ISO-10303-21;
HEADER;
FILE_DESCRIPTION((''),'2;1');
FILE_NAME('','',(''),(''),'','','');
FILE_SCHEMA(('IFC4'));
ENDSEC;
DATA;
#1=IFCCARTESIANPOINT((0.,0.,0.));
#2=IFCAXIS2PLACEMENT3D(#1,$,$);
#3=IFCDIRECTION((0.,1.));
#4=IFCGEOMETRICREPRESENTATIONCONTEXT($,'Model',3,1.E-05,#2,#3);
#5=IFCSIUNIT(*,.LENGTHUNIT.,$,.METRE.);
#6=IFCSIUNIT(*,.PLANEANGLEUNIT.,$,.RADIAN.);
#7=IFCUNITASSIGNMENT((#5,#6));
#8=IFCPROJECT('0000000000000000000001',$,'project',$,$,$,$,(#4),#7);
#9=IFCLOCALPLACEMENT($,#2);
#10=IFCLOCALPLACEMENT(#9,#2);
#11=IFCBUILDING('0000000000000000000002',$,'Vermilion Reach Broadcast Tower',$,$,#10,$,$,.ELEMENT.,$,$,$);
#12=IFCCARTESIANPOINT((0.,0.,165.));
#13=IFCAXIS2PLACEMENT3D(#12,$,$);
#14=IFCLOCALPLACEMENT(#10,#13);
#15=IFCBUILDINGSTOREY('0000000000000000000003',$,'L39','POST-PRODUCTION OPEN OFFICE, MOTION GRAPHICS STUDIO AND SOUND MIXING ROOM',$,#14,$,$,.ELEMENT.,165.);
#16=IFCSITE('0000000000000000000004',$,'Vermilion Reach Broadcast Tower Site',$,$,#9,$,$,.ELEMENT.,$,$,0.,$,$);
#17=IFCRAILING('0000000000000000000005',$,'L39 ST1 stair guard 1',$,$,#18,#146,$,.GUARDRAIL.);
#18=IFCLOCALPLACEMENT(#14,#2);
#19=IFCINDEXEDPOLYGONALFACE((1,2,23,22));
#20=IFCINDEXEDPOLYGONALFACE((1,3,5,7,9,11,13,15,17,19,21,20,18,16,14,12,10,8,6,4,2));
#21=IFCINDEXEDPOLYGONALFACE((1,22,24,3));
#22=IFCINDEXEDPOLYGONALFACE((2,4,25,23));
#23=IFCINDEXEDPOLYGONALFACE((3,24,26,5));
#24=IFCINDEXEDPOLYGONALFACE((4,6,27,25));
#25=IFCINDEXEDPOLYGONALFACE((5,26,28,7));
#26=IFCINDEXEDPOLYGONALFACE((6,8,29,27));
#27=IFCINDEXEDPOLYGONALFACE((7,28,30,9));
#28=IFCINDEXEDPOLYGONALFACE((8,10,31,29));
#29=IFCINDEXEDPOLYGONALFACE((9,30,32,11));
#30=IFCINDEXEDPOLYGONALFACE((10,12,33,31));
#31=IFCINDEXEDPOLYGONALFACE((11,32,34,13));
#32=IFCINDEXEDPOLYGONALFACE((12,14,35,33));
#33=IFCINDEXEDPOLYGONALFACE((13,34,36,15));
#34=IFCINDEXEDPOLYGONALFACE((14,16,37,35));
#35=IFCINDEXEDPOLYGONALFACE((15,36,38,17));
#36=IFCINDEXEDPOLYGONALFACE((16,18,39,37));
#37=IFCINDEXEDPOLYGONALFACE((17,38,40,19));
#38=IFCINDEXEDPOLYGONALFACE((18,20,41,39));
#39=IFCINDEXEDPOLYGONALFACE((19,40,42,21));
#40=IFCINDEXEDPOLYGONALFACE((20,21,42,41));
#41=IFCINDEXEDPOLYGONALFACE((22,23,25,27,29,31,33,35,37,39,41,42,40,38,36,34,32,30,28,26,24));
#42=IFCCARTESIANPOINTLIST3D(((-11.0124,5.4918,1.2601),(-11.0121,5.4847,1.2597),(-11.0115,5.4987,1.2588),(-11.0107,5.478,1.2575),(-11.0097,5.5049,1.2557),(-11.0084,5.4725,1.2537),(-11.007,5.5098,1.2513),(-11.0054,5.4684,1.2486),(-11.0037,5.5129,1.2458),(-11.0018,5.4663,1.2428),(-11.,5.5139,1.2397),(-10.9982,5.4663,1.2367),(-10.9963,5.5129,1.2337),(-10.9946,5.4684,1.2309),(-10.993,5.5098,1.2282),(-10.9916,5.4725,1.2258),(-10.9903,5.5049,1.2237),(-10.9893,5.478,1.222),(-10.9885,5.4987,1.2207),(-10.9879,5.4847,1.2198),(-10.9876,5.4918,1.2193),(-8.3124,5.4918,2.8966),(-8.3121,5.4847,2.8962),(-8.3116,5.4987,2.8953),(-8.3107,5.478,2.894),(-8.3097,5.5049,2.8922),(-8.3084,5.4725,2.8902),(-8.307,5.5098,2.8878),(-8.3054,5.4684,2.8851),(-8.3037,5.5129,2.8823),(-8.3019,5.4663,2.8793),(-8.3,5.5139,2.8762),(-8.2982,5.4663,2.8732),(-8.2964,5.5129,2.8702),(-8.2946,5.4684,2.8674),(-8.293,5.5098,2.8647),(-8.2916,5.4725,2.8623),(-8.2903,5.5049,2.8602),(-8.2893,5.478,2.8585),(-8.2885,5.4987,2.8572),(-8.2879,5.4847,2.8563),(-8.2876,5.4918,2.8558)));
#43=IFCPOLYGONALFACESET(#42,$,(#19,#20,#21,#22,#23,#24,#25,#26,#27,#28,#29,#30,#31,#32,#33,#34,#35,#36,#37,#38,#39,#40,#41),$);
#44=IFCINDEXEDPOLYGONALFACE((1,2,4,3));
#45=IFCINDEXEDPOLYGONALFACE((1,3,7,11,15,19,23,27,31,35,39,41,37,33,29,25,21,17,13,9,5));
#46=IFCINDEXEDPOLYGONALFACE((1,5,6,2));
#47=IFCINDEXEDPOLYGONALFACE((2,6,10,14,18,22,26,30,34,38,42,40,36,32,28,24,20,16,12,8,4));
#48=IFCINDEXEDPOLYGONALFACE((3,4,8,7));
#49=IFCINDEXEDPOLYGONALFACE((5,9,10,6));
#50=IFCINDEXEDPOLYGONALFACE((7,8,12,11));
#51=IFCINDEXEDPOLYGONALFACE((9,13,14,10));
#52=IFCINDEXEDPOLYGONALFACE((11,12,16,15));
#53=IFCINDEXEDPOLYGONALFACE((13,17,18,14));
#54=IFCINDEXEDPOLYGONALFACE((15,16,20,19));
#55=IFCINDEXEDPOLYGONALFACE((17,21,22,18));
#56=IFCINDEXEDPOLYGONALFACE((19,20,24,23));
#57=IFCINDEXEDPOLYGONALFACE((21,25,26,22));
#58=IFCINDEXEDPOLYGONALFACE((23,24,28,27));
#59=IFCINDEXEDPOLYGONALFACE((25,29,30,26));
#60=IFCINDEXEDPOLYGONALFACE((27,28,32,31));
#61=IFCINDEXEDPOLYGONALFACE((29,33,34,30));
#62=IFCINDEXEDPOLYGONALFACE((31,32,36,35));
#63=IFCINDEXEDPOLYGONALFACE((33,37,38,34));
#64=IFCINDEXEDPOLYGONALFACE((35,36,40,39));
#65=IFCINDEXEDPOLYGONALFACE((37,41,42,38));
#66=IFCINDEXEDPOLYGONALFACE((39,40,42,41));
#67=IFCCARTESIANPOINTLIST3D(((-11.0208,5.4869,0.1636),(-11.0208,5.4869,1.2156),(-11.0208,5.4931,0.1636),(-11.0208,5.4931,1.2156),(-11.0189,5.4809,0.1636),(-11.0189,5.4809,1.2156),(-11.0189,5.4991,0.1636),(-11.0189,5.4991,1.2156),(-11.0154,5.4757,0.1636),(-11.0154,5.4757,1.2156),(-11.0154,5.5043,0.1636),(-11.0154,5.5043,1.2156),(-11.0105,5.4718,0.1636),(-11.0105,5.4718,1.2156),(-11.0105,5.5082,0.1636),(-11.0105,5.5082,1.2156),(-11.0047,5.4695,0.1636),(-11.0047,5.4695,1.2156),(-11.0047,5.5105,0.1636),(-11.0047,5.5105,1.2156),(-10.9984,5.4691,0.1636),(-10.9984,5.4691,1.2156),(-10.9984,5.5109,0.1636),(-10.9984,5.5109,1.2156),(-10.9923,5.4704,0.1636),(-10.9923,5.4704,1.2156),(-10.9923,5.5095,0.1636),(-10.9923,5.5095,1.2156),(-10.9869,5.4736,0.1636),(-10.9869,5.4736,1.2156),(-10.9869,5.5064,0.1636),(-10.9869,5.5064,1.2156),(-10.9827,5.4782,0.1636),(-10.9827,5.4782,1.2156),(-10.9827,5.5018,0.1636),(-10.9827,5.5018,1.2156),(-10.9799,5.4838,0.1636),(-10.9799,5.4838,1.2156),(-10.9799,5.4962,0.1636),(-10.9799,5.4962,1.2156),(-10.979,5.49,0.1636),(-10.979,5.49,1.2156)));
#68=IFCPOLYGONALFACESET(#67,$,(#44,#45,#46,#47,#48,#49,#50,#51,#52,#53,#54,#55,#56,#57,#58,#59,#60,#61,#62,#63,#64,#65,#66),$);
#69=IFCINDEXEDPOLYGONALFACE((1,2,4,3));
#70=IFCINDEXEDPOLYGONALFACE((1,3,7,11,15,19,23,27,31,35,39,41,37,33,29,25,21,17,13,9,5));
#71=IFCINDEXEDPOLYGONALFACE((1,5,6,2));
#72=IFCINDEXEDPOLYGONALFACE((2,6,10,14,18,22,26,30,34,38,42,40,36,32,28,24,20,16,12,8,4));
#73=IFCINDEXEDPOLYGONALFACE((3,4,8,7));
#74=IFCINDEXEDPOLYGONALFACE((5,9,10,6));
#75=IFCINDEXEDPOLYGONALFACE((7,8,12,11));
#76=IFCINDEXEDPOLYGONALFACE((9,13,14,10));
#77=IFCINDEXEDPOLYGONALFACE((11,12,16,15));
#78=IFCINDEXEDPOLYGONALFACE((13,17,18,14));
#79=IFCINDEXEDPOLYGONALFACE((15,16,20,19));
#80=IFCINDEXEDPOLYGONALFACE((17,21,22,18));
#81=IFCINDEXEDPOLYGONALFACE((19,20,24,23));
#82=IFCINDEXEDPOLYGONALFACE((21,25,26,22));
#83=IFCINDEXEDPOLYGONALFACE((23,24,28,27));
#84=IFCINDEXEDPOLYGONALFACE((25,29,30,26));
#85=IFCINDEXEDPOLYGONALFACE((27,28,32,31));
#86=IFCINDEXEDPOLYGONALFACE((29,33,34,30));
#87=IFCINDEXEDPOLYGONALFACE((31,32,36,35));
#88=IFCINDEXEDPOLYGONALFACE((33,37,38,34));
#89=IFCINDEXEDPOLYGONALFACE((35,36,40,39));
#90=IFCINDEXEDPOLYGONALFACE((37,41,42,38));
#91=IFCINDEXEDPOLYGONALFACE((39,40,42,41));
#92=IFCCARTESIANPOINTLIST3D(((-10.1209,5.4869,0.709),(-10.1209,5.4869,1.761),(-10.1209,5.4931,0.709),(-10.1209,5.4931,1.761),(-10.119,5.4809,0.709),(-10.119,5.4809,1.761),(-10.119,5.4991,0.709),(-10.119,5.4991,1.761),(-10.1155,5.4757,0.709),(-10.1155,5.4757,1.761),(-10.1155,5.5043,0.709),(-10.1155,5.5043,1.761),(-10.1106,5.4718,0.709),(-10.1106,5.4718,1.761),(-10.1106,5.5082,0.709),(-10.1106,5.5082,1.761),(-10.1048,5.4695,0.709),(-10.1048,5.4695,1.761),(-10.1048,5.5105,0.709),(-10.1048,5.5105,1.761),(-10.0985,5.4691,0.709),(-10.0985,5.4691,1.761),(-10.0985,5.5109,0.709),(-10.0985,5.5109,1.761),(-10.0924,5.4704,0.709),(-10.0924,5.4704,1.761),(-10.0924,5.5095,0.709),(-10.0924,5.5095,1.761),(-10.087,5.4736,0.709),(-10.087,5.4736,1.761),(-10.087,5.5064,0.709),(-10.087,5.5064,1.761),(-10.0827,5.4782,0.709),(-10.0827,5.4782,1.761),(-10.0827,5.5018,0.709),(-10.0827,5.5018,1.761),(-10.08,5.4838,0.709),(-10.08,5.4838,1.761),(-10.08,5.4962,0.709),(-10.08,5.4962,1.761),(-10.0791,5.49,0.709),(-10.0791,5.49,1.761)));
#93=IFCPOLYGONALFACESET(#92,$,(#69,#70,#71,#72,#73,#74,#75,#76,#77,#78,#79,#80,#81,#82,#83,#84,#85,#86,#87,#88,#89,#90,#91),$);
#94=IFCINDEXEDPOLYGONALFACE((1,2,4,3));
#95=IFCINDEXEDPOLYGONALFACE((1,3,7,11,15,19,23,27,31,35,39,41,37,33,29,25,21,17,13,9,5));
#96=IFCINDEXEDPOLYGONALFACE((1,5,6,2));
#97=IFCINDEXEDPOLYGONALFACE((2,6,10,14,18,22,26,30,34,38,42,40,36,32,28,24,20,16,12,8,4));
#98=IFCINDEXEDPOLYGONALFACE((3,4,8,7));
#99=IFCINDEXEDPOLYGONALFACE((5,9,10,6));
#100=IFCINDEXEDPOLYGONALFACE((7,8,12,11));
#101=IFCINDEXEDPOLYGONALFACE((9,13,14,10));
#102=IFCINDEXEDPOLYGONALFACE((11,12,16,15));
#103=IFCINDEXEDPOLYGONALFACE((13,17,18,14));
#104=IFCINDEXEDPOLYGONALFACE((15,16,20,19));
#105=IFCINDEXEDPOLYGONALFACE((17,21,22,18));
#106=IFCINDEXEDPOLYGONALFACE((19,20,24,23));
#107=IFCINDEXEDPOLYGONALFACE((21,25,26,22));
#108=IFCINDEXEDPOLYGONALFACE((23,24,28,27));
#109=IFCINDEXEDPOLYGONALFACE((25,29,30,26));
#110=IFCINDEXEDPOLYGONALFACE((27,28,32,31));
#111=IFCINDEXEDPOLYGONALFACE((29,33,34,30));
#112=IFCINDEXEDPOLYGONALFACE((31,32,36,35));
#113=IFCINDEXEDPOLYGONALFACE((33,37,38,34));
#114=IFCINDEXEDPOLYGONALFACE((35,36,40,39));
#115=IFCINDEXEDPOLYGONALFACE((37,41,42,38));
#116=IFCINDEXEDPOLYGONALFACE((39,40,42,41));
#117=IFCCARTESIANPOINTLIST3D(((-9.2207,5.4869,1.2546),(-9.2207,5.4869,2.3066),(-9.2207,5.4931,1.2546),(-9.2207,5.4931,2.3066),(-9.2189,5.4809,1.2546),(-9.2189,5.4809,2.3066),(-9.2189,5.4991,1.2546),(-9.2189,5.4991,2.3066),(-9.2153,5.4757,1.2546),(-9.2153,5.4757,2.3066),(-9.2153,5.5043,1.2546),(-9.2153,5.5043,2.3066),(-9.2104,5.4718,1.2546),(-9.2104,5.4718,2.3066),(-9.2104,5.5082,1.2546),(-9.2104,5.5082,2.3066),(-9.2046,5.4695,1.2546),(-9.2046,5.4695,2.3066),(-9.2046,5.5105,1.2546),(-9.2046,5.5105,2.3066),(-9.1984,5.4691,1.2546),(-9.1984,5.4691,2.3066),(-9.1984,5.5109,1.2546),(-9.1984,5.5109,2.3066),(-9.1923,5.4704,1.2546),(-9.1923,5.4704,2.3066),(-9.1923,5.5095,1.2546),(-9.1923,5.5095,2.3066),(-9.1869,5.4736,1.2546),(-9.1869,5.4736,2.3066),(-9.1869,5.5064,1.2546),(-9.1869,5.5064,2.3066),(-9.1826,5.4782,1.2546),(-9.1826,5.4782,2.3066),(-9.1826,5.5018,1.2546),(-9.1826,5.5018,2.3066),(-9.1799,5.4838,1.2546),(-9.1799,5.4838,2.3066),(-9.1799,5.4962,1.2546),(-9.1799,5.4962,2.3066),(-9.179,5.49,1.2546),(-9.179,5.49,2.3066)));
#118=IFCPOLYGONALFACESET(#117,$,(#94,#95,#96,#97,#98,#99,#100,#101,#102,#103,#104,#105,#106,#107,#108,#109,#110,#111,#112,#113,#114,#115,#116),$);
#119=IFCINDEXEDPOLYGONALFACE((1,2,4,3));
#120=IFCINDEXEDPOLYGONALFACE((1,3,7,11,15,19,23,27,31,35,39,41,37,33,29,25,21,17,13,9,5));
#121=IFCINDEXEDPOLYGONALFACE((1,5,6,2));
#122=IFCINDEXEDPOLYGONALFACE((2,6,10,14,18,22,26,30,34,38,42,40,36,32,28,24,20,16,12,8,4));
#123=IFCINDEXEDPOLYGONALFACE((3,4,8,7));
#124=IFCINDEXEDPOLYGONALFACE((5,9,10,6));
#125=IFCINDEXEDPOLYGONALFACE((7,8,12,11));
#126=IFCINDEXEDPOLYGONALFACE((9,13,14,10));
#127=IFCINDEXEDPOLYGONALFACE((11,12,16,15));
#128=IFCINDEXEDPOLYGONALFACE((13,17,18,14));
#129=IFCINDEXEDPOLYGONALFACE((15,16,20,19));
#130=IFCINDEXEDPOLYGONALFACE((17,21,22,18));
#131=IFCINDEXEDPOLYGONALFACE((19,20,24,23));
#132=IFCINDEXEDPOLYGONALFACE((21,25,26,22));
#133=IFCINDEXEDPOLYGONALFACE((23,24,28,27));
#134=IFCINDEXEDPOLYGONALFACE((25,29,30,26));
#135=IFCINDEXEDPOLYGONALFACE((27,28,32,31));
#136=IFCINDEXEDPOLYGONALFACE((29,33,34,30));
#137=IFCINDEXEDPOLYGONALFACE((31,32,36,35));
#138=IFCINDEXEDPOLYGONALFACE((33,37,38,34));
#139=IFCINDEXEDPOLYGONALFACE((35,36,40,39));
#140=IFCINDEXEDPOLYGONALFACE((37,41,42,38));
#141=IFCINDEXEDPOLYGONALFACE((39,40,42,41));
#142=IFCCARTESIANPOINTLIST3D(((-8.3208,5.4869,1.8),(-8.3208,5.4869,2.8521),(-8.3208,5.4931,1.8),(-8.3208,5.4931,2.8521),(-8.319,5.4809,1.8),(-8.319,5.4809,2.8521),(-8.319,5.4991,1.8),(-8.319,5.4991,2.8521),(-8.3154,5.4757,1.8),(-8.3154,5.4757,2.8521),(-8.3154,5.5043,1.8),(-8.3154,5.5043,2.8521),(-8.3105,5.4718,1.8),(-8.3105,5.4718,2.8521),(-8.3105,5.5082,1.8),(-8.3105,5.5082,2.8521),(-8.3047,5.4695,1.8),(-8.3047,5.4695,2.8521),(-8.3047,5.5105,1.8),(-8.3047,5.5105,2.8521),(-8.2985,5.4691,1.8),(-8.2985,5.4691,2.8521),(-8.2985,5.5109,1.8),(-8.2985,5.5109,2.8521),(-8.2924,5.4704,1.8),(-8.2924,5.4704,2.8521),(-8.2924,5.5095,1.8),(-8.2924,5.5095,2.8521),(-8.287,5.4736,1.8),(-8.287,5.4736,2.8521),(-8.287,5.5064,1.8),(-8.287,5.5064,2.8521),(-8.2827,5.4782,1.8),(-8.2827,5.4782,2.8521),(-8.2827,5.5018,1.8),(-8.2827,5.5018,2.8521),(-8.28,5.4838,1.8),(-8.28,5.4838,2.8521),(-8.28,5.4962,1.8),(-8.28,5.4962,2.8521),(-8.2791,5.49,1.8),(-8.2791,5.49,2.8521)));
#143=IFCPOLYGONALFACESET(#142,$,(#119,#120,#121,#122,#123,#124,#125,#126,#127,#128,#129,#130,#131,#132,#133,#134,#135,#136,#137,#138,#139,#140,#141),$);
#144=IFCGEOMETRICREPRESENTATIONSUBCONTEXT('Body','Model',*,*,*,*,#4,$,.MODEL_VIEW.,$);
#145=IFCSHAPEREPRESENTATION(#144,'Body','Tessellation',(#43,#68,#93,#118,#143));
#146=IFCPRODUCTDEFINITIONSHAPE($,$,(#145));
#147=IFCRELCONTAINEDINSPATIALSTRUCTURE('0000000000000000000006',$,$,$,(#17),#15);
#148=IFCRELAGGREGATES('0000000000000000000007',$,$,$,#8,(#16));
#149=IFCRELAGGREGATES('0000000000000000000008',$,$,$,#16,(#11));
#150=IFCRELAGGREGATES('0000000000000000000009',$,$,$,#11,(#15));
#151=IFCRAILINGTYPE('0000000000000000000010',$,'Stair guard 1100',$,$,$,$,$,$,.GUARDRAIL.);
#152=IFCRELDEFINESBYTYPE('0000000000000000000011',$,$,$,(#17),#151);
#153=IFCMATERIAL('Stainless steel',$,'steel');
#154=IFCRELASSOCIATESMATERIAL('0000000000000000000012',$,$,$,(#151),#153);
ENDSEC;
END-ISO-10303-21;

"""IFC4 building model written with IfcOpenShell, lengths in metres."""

from ifc_helpers import new_model, si_unit, direction, frame, origin, origin_2d, place, context, subcontext, project, spatial, circle, extrude, material, type_object, element, save


model = new_model("IFC4")

# Units and contexts
model_context = context("Model", 3, precision=1e-05, world=origin(), true_north=direction((0.0, 1.0)))
body_context = subcontext(model_context, "Body", "Model", "MODEL_VIEW")
ifc_project = project(units=[si_unit("LENGTHUNIT", "METRE"), si_unit("PLANEANGLEUNIT", "RADIAN")], contexts=[model_context])

# Site, building, storey
site_placement = place(None, origin())
site = spatial("IfcSite", under=ifc_project, at=site_placement, Name="Vermilion Reach Broadcast Tower Site", CompositionType="ELEMENT", RefElevation=0.0)
building_placement = place(site_placement, origin())
building = spatial("IfcBuilding", under=site, at=building_placement, Name="Vermilion Reach Broadcast Tower", CompositionType="ELEMENT")
storey_placement = place(building_placement, frame((0.0, 0.0, 165.0)))
storey = spatial("IfcBuildingStorey", under=building, at=storey_placement, Name="L39", Description="POST-PRODUCTION OPEN OFFICE, MOTION GRAPHICS STUDIO AND SOUND MIXING ROOM", CompositionType="ELEMENT", Elevation=165.0)

# Railing
ifc_material_1 = material(Name="Stainless steel", Category="steel")
railing_type_1 = type_object("IfcRailingType", Name="Stair guard 1100", PredefinedType="GUARDRAIL", material=ifc_material_1)
railing_1_placement = place(storey_placement, frame((-11.0, 5.49, 0.1636)))
element("IfcRailing", 1, at=railing_1_placement, inside=storey, type_object=railing_type_1, Name="L39 ST1 stair guard 1", PredefinedType="GUARDRAIL", context=body_context, shape_type="SweptSolid", body=[
    extrude(circle(Radius=0.0239, at=origin_2d()), frame((0.0, 0.0, 1.0762), z_axis=(0.855178, 0.0, 0.518334), x_axis=(0.0, 1.0, 0.0)), (0.0, 0.0, 1.0), 3.1572),
    extrude(circle(Radius=0.021, at=origin_2d()), origin(), (0.0, 0.0, 1.0), 1.052),
    extrude(circle(Radius=0.021, at=origin_2d()), frame((0.8999, 0.0, 0.5454)), (0.0, 0.0, 1.0), 1.052),
    extrude(circle(Radius=0.021, at=origin_2d()), frame((1.8, 0.0, 1.0911)), (0.0, 0.0, 1.0), 1.052),
    extrude(circle(Radius=0.021, at=origin_2d()), frame((2.7, 0.0, 1.6365)), (0.0, 0.0, 1.0), 1.052),
])

save(model, "model.ifc")
